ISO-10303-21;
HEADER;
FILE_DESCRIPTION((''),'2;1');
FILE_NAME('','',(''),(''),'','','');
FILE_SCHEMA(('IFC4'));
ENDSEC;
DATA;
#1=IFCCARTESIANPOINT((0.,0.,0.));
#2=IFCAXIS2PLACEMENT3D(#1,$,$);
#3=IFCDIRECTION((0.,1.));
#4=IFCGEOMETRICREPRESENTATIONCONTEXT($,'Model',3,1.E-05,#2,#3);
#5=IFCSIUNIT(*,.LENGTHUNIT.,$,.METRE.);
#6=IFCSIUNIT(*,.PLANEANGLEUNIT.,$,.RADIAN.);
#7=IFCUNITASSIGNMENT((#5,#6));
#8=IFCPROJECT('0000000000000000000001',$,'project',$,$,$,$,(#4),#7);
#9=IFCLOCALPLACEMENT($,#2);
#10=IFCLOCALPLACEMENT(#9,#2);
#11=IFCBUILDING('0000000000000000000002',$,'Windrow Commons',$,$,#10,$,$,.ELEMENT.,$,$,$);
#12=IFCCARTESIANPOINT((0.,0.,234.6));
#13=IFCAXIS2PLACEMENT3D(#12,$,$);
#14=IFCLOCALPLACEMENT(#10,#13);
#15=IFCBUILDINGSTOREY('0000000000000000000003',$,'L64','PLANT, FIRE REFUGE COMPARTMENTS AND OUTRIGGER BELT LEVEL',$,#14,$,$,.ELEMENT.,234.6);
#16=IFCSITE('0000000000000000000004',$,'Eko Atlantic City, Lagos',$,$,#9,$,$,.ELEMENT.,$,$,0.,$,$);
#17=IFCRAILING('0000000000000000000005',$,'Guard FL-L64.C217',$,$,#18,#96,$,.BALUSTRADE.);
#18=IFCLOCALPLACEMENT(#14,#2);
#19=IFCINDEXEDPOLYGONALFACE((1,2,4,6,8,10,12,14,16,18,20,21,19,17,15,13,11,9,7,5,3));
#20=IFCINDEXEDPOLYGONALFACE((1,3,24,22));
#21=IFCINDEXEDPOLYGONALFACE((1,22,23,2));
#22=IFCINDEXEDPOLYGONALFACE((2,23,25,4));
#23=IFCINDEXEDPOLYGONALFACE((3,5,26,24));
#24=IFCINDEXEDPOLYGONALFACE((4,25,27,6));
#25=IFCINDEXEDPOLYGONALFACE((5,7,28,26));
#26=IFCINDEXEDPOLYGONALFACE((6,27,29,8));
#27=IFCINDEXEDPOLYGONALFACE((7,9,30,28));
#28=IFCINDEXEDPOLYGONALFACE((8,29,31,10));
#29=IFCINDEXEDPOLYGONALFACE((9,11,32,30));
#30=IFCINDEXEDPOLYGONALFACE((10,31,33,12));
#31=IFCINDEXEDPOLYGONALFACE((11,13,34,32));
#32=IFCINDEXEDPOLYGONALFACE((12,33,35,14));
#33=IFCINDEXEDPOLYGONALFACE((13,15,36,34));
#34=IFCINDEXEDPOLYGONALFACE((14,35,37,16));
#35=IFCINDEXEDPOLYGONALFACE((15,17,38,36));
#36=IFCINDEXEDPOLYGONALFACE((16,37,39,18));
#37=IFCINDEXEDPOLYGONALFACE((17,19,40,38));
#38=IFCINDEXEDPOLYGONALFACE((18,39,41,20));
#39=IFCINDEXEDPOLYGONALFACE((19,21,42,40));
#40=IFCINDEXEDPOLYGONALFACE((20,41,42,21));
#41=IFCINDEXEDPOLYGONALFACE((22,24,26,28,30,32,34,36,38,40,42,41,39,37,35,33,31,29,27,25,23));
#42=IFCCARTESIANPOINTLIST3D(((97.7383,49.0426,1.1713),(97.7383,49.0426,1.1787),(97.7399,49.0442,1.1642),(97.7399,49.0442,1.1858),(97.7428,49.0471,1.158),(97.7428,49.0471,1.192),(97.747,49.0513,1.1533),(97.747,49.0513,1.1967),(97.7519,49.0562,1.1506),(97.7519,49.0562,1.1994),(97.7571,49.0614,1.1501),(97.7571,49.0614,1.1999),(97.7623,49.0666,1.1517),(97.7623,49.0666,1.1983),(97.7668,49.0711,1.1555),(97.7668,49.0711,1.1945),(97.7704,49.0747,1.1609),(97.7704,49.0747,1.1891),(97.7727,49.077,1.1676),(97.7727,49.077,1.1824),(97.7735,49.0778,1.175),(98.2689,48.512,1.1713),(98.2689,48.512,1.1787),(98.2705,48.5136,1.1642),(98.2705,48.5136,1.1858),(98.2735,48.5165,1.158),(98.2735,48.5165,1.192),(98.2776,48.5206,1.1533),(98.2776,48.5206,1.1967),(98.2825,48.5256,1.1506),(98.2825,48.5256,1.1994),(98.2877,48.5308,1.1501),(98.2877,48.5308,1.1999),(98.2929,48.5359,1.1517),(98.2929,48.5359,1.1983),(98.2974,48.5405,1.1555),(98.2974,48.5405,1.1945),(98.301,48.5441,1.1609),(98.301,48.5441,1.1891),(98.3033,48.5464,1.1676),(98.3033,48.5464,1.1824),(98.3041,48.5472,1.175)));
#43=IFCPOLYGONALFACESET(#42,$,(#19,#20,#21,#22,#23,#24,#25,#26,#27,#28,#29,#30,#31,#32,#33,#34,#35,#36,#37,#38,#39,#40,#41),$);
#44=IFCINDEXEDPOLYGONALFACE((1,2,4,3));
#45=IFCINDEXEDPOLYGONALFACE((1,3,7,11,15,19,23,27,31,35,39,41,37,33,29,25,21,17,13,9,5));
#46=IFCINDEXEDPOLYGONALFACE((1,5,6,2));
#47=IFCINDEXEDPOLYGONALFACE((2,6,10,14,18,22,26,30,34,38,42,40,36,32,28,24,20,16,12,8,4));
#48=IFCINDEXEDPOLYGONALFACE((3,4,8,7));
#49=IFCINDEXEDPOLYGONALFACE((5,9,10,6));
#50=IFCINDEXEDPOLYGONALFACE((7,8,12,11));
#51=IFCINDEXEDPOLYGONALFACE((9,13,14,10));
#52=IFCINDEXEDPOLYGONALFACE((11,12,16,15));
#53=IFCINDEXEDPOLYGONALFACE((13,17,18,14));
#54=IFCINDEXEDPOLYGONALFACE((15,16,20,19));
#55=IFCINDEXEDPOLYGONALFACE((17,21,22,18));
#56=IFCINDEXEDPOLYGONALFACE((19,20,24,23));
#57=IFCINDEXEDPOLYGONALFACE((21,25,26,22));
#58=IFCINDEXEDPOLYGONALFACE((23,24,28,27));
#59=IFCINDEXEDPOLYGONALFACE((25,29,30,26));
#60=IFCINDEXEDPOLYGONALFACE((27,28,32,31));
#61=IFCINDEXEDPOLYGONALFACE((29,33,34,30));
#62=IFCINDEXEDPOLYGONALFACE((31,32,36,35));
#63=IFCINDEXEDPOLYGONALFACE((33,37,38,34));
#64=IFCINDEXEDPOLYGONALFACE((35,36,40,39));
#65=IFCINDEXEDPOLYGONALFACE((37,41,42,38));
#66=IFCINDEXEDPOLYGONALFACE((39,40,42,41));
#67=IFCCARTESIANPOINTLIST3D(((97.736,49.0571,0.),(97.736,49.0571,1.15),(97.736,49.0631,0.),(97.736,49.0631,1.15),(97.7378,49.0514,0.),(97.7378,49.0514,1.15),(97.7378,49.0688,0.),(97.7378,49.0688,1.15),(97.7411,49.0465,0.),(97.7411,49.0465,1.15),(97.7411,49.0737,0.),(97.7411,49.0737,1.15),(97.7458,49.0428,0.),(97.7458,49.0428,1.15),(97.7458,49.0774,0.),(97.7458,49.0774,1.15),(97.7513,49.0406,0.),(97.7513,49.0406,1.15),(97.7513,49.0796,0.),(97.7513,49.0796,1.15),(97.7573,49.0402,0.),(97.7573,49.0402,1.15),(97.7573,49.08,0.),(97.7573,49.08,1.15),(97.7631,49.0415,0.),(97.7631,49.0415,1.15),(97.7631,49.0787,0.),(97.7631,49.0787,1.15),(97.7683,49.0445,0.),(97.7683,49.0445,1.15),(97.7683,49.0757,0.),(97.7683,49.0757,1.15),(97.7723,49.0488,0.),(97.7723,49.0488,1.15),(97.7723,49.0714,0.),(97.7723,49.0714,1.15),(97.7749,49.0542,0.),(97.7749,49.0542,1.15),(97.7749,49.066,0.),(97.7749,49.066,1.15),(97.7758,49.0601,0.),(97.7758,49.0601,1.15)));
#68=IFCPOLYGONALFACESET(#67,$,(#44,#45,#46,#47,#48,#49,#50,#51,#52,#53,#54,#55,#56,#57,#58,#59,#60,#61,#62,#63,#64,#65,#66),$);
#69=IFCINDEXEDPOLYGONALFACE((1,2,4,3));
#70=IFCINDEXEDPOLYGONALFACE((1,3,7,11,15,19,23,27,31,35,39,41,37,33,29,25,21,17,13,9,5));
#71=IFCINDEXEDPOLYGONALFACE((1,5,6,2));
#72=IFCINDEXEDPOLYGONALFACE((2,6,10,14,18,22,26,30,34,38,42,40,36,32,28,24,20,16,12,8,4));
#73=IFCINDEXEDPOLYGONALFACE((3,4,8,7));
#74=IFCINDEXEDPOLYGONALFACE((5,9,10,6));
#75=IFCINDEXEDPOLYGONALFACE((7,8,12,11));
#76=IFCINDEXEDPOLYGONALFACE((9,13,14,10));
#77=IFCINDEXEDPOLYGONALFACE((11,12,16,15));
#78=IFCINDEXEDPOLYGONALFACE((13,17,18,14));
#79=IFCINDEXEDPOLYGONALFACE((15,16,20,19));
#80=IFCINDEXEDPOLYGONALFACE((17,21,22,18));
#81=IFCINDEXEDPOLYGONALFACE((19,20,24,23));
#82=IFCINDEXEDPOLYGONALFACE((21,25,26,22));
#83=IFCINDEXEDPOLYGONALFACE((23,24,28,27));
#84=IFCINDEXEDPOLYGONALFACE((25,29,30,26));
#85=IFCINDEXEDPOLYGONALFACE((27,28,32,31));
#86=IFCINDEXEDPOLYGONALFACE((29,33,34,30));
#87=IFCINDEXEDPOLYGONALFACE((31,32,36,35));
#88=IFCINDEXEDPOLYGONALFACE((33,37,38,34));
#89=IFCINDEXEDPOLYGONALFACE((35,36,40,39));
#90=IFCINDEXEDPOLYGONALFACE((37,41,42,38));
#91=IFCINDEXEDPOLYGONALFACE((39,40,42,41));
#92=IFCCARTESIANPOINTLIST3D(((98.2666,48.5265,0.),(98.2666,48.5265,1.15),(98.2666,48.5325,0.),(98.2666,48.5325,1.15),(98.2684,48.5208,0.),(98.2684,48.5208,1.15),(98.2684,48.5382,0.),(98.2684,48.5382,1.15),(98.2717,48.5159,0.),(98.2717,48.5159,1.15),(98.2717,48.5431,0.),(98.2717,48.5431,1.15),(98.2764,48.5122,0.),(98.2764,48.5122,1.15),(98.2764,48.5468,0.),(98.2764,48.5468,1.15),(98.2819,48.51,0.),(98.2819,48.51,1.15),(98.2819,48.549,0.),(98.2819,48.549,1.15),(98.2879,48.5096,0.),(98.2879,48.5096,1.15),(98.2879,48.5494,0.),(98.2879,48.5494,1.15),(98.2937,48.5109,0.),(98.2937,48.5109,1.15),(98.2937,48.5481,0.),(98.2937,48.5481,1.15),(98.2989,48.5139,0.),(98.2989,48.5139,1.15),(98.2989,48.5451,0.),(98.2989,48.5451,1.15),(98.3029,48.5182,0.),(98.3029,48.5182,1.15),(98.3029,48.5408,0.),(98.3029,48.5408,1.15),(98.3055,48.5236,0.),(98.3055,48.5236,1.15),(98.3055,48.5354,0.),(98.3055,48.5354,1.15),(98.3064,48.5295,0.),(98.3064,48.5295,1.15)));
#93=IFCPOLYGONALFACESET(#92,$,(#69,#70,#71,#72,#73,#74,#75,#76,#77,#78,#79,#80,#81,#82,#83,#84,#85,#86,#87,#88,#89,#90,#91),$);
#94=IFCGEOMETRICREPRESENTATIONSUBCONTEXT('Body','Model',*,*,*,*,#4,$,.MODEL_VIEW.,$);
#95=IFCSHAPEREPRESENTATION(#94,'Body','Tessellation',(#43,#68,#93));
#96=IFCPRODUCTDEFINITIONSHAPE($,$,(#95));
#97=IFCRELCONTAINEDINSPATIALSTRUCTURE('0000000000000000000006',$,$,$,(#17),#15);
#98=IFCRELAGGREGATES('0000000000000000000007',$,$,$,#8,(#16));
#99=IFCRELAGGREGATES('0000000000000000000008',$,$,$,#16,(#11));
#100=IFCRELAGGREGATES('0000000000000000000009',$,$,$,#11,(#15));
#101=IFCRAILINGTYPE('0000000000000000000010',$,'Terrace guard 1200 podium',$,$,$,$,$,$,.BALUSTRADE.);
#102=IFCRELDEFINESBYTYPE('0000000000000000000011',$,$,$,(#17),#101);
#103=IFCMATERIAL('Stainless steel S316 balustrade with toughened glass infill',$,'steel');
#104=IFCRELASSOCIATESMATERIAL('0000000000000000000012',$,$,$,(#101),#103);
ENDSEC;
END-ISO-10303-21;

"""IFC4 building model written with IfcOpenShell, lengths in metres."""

from ifc_helpers import new_model, si_unit, direction, frame, origin, origin_2d, place, context, subcontext, project, spatial, circle, extrude, material, type_object, element, save


model = new_model("IFC4")

# Units and contexts
model_context = context("Model", 3, precision=1e-05, world=origin(), true_north=direction((0.0, 1.0)))
body_context = subcontext(model_context, "Body", "Model", "MODEL_VIEW")
ifc_project = project(units=[si_unit("LENGTHUNIT", "METRE"), si_unit("PLANEANGLEUNIT", "RADIAN")], contexts=[model_context])

# Site, building, storey
site_placement = place(None, origin())
site = spatial("IfcSite", under=ifc_project, at=site_placement, Name="Eko Atlantic City, Lagos", CompositionType="ELEMENT", RefElevation=0.0)
building_placement = place(site_placement, origin())
building = spatial("IfcBuilding", under=site, at=building_placement, Name="Windrow Commons", CompositionType="ELEMENT")
storey_placement = place(building_placement, frame((0.0, 0.0, 234.6)))
storey = spatial("IfcBuildingStorey", under=building, at=storey_placement, Name="L64", Description="PLANT, FIRE REFUGE COMPARTMENTS AND OUTRIGGER BELT LEVEL", CompositionType="ELEMENT", Elevation=234.6)

# Railing
ifc_material_1 = material(Name="Stainless steel S316 balustrade with toughened glass infill", Category="steel")
railing_type_1 = type_object("IfcRailingType", Name="Terrace guard 1200 podium", PredefinedType="BALUSTRADE", material=ifc_material_1)
railing_1_placement = place(storey_placement, frame((97.7558, 49.0601, 0.0)))
element("IfcRailing", 1, at=railing_1_placement, inside=storey, type_object=railing_type_1, Name="Guard FL-L64.C217", PredefinedType="BALUSTRADE", context=body_context, shape_type="SweptSolid", body=[
    extrude(circle(Radius=0.025, at=origin_2d()), frame((0.0, 0.0, 1.175), z_axis=(0.707107, -0.707107, 0.0), x_axis=(0.707107, 0.707107, 0.0)), (0.0, 0.0, 1.0), 0.7504),
    extrude(circle(Radius=0.02, at=origin_2d()), origin(), (0.0, 0.0, 1.0), 1.15),
    extrude(circle(Radius=0.02, at=origin_2d()), frame((0.5306, -0.5306, 0.0)), (0.0, 0.0, 1.0), 1.15),
])

save(model, "model.ifc")
